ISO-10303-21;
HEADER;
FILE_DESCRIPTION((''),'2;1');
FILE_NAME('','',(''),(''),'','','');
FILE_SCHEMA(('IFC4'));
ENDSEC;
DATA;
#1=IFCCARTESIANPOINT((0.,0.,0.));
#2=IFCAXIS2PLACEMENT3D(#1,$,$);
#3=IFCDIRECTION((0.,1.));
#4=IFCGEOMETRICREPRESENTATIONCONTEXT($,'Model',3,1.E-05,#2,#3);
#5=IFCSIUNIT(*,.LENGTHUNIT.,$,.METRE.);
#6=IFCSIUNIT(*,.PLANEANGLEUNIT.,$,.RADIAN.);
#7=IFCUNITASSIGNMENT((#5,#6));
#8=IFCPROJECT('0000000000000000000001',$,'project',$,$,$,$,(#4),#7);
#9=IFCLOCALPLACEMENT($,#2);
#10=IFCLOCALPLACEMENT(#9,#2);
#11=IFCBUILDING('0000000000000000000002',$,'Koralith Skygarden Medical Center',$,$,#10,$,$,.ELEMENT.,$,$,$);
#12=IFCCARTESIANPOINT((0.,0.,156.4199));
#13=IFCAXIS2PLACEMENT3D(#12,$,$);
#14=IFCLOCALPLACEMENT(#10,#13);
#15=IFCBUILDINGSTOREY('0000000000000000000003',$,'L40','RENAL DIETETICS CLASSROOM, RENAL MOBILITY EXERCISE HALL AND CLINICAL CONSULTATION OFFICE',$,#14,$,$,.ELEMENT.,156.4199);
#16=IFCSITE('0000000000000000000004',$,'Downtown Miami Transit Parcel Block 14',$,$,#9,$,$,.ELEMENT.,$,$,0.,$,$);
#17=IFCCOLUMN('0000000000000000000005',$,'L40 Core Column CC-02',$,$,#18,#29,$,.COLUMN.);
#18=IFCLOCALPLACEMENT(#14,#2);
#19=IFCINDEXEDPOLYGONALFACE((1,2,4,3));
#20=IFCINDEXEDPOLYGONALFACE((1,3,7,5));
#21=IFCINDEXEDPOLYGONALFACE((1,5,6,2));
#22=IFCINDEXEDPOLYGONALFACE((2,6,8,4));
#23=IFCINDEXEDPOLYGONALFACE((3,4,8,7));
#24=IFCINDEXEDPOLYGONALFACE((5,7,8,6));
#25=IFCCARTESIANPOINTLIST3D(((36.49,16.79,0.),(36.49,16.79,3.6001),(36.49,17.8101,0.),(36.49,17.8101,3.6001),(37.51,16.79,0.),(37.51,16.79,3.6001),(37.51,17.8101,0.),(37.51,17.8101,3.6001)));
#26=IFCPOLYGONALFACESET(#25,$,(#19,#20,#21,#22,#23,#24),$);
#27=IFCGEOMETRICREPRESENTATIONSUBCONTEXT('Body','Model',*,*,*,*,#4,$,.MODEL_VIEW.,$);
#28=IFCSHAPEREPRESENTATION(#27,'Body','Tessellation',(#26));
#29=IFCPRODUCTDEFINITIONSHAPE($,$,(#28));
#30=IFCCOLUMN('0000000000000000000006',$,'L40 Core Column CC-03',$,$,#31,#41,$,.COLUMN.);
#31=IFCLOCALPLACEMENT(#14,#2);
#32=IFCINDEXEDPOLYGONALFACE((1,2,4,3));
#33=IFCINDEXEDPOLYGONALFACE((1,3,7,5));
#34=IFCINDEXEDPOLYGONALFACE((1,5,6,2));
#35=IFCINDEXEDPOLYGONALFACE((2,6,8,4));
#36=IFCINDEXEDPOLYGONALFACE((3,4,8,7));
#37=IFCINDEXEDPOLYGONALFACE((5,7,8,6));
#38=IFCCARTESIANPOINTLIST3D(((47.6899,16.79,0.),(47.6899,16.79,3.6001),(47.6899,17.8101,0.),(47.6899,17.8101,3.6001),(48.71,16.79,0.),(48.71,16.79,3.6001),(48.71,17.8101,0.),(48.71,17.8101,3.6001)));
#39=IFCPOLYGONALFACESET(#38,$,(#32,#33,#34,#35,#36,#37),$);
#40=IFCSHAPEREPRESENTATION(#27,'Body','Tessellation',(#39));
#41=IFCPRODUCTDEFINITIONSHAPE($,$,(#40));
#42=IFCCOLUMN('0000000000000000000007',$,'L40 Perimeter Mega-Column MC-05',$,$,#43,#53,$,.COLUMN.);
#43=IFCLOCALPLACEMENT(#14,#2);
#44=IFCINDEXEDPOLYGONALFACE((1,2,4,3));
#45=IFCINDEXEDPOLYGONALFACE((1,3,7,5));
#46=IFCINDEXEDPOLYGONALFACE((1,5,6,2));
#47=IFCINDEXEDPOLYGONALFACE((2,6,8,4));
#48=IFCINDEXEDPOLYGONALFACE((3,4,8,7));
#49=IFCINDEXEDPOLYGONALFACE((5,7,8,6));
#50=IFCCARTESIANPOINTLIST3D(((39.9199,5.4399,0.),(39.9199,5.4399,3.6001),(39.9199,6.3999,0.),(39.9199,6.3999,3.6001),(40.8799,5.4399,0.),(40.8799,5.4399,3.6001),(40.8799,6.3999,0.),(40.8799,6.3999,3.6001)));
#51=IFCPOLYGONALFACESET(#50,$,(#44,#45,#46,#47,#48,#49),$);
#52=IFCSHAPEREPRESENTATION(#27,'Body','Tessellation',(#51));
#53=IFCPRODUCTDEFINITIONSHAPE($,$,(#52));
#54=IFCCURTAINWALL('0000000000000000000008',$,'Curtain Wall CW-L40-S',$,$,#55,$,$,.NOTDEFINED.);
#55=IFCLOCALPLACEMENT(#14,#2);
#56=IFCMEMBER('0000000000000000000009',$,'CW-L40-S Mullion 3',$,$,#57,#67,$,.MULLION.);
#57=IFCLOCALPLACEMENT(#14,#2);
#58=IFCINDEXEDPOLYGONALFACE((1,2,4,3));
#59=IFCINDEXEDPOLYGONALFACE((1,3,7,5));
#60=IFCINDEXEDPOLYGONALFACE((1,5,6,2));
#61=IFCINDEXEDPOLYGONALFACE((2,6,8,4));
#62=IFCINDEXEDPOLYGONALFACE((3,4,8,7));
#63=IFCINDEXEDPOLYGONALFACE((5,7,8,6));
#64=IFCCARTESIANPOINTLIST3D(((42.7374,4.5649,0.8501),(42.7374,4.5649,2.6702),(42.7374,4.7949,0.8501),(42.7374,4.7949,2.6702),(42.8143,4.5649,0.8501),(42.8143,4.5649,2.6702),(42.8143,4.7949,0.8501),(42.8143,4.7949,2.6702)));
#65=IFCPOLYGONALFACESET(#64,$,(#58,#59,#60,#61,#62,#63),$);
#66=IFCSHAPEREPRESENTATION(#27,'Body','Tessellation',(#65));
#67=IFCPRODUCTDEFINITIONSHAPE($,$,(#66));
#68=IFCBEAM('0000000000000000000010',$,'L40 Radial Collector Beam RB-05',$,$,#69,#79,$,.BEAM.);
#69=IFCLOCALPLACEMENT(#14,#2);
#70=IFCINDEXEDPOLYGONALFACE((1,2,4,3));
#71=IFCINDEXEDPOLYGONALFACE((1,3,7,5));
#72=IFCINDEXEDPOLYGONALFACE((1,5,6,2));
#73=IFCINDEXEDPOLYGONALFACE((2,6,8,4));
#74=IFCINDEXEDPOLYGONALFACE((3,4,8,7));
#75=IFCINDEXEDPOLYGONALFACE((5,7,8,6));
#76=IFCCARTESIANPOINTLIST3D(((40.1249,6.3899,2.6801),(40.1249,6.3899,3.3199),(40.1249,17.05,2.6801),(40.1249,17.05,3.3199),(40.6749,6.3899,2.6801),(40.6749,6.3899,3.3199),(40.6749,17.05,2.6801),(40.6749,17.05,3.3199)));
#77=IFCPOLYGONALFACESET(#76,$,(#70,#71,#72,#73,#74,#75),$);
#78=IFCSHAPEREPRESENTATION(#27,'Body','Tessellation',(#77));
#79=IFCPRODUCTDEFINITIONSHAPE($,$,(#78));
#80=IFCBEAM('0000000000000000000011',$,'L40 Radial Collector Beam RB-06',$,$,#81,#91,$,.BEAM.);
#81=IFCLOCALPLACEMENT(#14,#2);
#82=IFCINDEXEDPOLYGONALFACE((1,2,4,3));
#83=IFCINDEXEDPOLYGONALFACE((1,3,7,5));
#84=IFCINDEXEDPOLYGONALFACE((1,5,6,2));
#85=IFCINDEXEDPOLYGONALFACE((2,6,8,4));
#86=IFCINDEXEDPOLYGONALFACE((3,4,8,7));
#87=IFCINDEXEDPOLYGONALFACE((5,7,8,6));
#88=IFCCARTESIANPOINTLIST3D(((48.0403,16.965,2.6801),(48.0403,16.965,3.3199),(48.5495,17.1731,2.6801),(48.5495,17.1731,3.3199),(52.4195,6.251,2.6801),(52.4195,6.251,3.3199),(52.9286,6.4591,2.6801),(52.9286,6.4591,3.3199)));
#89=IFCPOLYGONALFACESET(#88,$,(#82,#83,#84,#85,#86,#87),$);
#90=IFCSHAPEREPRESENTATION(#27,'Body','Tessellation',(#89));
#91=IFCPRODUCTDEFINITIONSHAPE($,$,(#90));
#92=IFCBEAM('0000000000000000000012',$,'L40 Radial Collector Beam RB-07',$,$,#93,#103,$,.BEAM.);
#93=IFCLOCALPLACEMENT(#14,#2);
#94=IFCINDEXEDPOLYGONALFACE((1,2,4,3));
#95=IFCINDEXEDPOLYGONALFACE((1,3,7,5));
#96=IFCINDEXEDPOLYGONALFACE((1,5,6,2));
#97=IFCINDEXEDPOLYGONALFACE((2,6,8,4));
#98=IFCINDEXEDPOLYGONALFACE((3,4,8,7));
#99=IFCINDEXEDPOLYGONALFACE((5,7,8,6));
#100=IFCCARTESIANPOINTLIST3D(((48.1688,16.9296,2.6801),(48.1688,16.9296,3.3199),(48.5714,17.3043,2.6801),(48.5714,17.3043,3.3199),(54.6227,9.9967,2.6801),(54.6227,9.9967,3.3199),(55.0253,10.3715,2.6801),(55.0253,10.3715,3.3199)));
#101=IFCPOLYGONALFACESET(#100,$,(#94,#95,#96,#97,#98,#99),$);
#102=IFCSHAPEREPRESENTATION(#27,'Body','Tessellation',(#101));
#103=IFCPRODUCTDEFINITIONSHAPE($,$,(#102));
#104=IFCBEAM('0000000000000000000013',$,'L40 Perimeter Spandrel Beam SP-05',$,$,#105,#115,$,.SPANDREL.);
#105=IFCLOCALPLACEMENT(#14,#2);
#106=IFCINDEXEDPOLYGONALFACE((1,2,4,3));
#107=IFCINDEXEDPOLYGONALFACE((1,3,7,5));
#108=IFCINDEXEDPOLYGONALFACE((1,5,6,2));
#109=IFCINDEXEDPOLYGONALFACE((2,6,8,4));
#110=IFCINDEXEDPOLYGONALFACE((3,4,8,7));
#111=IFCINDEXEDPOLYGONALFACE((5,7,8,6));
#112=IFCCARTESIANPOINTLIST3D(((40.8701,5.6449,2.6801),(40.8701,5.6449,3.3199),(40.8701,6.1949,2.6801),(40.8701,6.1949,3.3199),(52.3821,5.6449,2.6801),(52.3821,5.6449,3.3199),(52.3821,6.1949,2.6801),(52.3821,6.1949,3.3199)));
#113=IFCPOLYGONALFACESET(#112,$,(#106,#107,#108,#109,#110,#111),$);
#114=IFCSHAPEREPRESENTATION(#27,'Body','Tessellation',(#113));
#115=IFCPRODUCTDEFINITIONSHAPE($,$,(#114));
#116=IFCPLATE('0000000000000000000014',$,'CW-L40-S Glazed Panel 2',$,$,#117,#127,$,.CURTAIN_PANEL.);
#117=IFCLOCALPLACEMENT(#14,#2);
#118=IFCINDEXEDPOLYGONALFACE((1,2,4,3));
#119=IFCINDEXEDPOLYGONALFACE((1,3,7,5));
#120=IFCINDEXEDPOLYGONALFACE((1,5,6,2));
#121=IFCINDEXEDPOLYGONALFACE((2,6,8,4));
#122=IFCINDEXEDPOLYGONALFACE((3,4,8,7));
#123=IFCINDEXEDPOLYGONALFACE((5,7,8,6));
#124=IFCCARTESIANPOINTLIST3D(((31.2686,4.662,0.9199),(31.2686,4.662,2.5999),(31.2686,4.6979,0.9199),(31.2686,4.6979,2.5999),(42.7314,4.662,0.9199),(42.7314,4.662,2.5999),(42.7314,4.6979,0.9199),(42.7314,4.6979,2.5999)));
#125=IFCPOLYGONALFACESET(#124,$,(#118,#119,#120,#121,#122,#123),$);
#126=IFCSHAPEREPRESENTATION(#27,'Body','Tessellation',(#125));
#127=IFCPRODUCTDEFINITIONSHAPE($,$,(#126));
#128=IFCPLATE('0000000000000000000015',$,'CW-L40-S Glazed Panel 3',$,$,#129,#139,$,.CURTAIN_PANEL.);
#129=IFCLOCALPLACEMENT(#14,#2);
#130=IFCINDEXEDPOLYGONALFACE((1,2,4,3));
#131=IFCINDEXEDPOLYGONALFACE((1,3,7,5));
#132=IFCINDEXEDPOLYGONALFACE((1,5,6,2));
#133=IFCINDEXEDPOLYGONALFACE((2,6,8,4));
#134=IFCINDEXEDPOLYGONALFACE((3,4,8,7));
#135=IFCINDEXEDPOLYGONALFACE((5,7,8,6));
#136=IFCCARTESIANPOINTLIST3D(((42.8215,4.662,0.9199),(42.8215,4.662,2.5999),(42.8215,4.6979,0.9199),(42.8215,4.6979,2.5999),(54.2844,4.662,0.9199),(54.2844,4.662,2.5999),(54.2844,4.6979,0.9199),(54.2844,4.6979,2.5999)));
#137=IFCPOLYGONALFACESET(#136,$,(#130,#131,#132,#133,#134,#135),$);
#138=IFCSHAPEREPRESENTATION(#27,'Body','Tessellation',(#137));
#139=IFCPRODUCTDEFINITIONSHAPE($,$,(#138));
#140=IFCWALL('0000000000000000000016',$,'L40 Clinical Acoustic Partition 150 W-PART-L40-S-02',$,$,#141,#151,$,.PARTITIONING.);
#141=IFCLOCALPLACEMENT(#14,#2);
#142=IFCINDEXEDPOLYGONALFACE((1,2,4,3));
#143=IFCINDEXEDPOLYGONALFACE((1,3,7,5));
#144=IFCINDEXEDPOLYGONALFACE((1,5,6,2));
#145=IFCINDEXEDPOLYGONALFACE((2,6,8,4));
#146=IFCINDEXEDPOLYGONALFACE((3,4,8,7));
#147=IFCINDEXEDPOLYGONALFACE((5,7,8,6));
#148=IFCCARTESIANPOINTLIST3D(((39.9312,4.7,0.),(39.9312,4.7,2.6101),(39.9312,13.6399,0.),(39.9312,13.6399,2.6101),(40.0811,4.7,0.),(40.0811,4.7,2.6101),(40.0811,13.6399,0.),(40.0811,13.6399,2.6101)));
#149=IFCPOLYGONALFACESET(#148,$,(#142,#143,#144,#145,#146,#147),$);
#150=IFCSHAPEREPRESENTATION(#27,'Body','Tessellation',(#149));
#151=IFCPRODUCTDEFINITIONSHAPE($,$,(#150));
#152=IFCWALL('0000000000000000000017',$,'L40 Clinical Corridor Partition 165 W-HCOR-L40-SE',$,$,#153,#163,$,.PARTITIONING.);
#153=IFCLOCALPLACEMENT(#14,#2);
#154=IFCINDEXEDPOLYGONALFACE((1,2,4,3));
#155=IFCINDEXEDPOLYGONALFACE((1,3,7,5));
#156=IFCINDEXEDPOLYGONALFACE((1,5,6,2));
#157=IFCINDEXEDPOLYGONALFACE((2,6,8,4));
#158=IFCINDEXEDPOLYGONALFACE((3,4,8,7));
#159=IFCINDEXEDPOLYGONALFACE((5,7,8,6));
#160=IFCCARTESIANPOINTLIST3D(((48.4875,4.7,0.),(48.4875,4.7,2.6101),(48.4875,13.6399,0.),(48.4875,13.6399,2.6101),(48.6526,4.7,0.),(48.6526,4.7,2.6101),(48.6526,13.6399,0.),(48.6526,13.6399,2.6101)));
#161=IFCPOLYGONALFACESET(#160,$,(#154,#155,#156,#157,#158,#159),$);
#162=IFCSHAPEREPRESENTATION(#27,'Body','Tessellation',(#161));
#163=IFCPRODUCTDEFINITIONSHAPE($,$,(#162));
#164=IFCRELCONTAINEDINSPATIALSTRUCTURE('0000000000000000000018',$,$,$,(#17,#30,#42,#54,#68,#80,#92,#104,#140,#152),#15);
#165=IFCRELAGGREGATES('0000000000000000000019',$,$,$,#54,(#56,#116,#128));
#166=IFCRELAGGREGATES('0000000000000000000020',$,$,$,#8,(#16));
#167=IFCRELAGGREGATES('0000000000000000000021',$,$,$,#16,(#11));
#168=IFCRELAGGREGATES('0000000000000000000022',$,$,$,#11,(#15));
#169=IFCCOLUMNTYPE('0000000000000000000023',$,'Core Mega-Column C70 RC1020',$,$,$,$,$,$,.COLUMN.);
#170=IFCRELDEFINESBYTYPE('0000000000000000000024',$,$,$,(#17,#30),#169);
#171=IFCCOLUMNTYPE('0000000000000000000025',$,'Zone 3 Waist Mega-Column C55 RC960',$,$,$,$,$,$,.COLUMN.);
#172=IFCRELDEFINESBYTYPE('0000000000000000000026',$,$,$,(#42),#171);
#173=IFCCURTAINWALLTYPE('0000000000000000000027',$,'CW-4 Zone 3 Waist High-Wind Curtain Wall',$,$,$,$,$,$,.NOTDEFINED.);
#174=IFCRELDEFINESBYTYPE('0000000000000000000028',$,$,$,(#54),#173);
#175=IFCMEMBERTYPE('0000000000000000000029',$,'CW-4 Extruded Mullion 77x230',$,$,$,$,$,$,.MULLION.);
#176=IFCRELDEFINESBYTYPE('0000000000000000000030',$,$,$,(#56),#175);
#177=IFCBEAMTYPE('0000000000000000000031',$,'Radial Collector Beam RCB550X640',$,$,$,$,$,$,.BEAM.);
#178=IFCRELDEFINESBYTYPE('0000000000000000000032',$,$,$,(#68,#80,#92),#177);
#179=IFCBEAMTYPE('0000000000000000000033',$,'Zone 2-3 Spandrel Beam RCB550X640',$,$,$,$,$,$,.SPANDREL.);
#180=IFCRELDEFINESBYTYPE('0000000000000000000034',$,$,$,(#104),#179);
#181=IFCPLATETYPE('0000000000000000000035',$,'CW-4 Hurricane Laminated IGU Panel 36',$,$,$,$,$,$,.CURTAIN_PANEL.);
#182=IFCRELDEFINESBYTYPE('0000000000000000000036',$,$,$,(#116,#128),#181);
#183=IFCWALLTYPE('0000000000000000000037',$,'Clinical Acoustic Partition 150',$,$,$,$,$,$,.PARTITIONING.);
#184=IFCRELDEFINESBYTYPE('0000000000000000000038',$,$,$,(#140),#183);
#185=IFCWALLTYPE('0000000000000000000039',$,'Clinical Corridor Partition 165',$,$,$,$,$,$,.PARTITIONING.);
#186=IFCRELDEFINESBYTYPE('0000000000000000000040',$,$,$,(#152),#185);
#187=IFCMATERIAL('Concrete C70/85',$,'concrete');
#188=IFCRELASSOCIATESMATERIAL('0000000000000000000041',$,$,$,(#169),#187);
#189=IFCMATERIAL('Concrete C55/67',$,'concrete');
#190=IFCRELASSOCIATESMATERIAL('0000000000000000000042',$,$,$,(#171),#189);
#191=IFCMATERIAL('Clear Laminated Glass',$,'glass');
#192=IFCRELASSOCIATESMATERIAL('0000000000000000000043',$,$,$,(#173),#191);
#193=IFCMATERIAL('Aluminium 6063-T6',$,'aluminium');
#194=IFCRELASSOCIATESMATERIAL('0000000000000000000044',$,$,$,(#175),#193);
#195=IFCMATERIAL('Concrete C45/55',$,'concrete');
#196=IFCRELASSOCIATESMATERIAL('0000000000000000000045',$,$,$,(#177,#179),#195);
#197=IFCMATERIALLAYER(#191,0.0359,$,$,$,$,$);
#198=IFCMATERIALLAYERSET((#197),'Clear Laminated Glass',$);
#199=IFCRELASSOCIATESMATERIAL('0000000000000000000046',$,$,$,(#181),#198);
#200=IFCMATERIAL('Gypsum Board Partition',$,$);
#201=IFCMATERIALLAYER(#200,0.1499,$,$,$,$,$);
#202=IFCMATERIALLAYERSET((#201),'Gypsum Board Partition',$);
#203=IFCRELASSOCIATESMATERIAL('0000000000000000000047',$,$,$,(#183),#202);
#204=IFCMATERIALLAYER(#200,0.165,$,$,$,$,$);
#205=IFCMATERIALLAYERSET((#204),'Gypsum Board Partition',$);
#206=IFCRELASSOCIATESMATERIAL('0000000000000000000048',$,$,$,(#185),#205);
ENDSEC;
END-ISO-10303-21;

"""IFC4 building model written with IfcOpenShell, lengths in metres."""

from ifc_helpers import new_model, si_unit, direction, frame, frame_2d, origin, origin_2d, place, context, subcontext, project, spatial, rectangle, extrude, material, layer, layer_set, material_profile, profile_set, type_object, element, aggregate, save


model = new_model("IFC4")

# Units and contexts
model_context = context("Model", 3, precision=1e-05, world=origin(), true_north=direction((0.0, 1.0)))
body_context = subcontext(model_context, "Body", "Model", "MODEL_VIEW")
ifc_project = project(units=[si_unit("LENGTHUNIT", "METRE"), si_unit("PLANEANGLEUNIT", "RADIAN")], contexts=[model_context])

# Site, building, storey
site_placement = place(None, origin())
site = spatial("IfcSite", under=ifc_project, at=site_placement, Name="Downtown Miami Transit Parcel Block 14", CompositionType="ELEMENT", RefElevation=0.0)
building_placement = place(site_placement, origin())
building = spatial("IfcBuilding", under=site, at=building_placement, Name="Koralith Skygarden Medical Center", CompositionType="ELEMENT")
storey_placement = place(building_placement, frame((0.0, 0.0, 156.4199)))
storey = spatial("IfcBuildingStorey", under=building, at=storey_placement, Name="L40", Description="RENAL DIETETICS CLASSROOM, RENAL MOBILITY EXERCISE HALL AND CLINICAL CONSULTATION OFFICE", CompositionType="ELEMENT", Elevation=156.4199)

# Columns
ifc_material_1 = material(Name="Concrete C70/85", Category="concrete")
ifc_material_profile_1 = material_profile(ifc_material_1, rectangle(XDim=1.02, YDim=1.02, at=origin_2d()), Name="RC1020X1020")
ifc_profile_set_1 = profile_set([ifc_material_profile_1], Name="Concrete C70/85")
column_type_1 = type_object("IfcColumnType", Name="Core Mega-Column C70 RC1020", PredefinedType="COLUMN", material=ifc_profile_set_1)
for number, where, z_axis, x_axis, name in (
    (1, (37.0, 17.3, 0.0), (0.0, 0.0, 1.0), (1.0, 0.0, 0.0), "L40 Core Column CC-02"),
    (2, (48.2, 17.3, 0.0), (0.0, 0.0, 1.0), (1.0, 0.0, 0.0), "L40 Core Column CC-03"),
):
    element("IfcColumn", number, at=place(storey_placement, frame(where, z_axis=z_axis, x_axis=x_axis)), inside=storey, type_object=column_type_1, Name=name, PredefinedType="COLUMN", context=body_context, shape_type="SweptSolid", body=[
        extrude(rectangle(XDim=1.02, YDim=1.02, at=origin_2d()), origin(), (0.0, 0.0, 1.0), 3.6001),
    ])
ifc_material_2 = material(Name="Concrete C55/67", Category="concrete")
ifc_material_profile_2 = material_profile(ifc_material_2, rectangle(XDim=0.96, YDim=0.96, at=origin_2d()), Name="RC960X960")
ifc_profile_set_2 = profile_set([ifc_material_profile_2], Name="Concrete C55/67")
column_type_2 = type_object("IfcColumnType", Name="Zone 3 Waist Mega-Column C55 RC960", PredefinedType="COLUMN", material=ifc_profile_set_2)
column_placement = place(storey_placement, frame((40.3999, 5.9199, 0.0), z_axis=(0.0, 0.0, 1.0), x_axis=(1.0, 0.0, 0.0)))
element("IfcColumn", 3, at=column_placement, inside=storey, type_object=column_type_2, Name="L40 Perimeter Mega-Column MC-05", PredefinedType="COLUMN", context=body_context, shape_type="SweptSolid", body=[
    extrude(rectangle(XDim=0.96, YDim=0.96, at=origin_2d()), origin(), (0.0, 0.0, 1.0), 3.6001),
])

# Curtain wall, member
ifc_material_3 = material(Name="Clear Laminated Glass", Category="glass")
curtain_wall_type = type_object("IfcCurtainWallType", Name="CW-4 Zone 3 Waist High-Wind Curtain Wall", PredefinedType="NOTDEFINED", material=ifc_material_3)
curtain_wall_placement = place(storey_placement, origin())
curtain_wall = element("IfcCurtainWall", 4, at=curtain_wall_placement, inside=storey, type_object=curtain_wall_type, Name="Curtain Wall CW-L40-S", PredefinedType="NOTDEFINED")
ifc_material_4 = material(Name="Aluminium 6063-T6", Category="aluminium")
ifc_material_profile_3 = material_profile(ifc_material_4, rectangle(XDim=0.0769, YDim=0.23, at=origin_2d()), Name="MUL77X230")
ifc_profile_set_3 = profile_set([ifc_material_profile_3], Name="Aluminium 6063-T6")
member_type = type_object("IfcMemberType", Name="CW-4 Extruded Mullion 77x230", PredefinedType="MULLION", material=ifc_profile_set_3)
member_placement = place(storey_placement, frame((42.7759, 4.6799, 0.8501), z_axis=(0.0, 0.0, 1.0), x_axis=(1.0, 0.0, 0.0)))
member = element("IfcMember", 5, at=member_placement, type_object=member_type, Name="CW-L40-S Mullion 3", PredefinedType="MULLION", context=body_context, shape_type="SweptSolid", body=[
    extrude(rectangle(XDim=0.0769, YDim=0.23, at=origin_2d()), origin(), (0.0, 0.0, 1.0), 1.8201),
])

# Beams
ifc_material_5 = material(Name="Concrete C45/55", Category="concrete")
ifc_material_profile_4 = material_profile(ifc_material_5, rectangle(XDim=0.55, YDim=0.6399, at=origin_2d()), Name="RCB550X640")
ifc_profile_set_4 = profile_set([ifc_material_profile_4], Name="Concrete C45/55")
beam_type_1 = type_object("IfcBeamType", Name="Radial Collector Beam RCB550X640", PredefinedType="BEAM", material=ifc_profile_set_4)
beam_1_placement = place(storey_placement, frame((40.3999, 17.05, 3.0), z_axis=(0.0, -1.0, 0.0), x_axis=(1.0, 0.0, 0.0)))
element("IfcBeam", 6, at=beam_1_placement, inside=storey, type_object=beam_type_1, Name="L40 Radial Collector Beam RB-05", PredefinedType="BEAM", context=body_context, shape_type="SweptSolid", body=[
    extrude(rectangle(XDim=0.55, YDim=0.6399, at=origin_2d()), origin(), (0.0, 0.0, 1.0), 10.6602),
])
beam_2_placement = place(storey_placement, frame((48.2949, 17.0691, 3.0), z_axis=(0.378345, -0.925665, 0.0), x_axis=(0.925665, 0.378345, 0.0)))
element("IfcBeam", 7, at=beam_2_placement, inside=storey, type_object=beam_type_1, Name="L40 Radial Collector Beam RB-06", PredefinedType="BEAM", context=body_context, shape_type="SweptSolid", body=[
    extrude(rectangle(XDim=0.55, YDim=0.6399, at=origin_2d()), origin(), (0.0, 0.0, 1.0), 11.5745),
])
beam_3_placement = place(storey_placement, frame((48.3701, 17.1169, 3.0), z_axis=(0.681369, -0.73194, 0.0), x_axis=(0.73194, 0.681369, 0.0)))
element("IfcBeam", 8, at=beam_3_placement, inside=storey, type_object=beam_type_1, Name="L40 Radial Collector Beam RB-07", PredefinedType="BEAM", context=body_context, shape_type="SweptSolid", body=[
    extrude(rectangle(XDim=0.55, YDim=0.6399, at=origin_2d()), origin(), (0.0, 0.0, 1.0), 9.4719),
])
ifc_material_profile_5 = material_profile(ifc_material_5, rectangle(XDim=0.55, YDim=0.6399, at=origin_2d()), Name="RCB550X640")
ifc_profile_set_5 = profile_set([ifc_material_profile_5], Name="Concrete C45/55")
beam_type_2 = type_object("IfcBeamType", Name="Zone 2-3 Spandrel Beam RCB550X640", PredefinedType="SPANDREL", material=ifc_profile_set_5)
beam_4_placement = place(storey_placement, frame((40.8701, 5.9199, 3.0), z_axis=(1.0, 0.0, 0.0), x_axis=(0.0, 1.0, 0.0)))
element("IfcBeam", 9, at=beam_4_placement, inside=storey, type_object=beam_type_2, Name="L40 Perimeter Spandrel Beam SP-05", PredefinedType="SPANDREL", context=body_context, shape_type="SweptSolid", body=[
    extrude(rectangle(XDim=0.55, YDim=0.6399, at=origin_2d()), origin(), (0.0, 0.0, 1.0), 11.512),
])

# Plates
ifc_layer_1 = layer(ifc_material_3, 0.0359)
ifc_layer_set_1 = layer_set([ifc_layer_1], Name="Clear Laminated Glass")
plate_type = type_object("IfcPlateType", Name="CW-4 Hurricane Laminated IGU Panel 36", PredefinedType="CURTAIN_PANEL", material=ifc_layer_set_1)
plate_1_placement = place(storey_placement, frame((37.0, 4.6799, 0.9199), z_axis=(0.0, 0.0, 1.0), x_axis=(1.0, 0.0, 0.0)))
plate_1 = element("IfcPlate", 10, at=plate_1_placement, type_object=plate_type, Name="CW-L40-S Glazed Panel 2", PredefinedType="CURTAIN_PANEL", context=body_context, shape_type="SweptSolid", body=[
    extrude(rectangle(XDim=11.4629, YDim=0.0359, at=origin_2d()), origin(), (0.0, 0.0, 1.0), 1.6799),
])
plate_2_placement = place(storey_placement, frame((48.553, 4.6799, 0.9199), z_axis=(0.0, 0.0, 1.0), x_axis=(1.0, 0.0, 0.0)))
plate_2 = element("IfcPlate", 11, at=plate_2_placement, type_object=plate_type, Name="CW-L40-S Glazed Panel 3", PredefinedType="CURTAIN_PANEL", context=body_context, shape_type="SweptSolid", body=[
    extrude(rectangle(XDim=11.4629, YDim=0.0359, at=origin_2d()), origin(), (0.0, 0.0, 1.0), 1.6799),
])
aggregate(curtain_wall, [member, plate_1, plate_2])

# Walls
ifc_material_6 = material(Name="Gypsum Board Partition")
ifc_layer_2 = layer(ifc_material_6, 0.1499)
ifc_layer_set_2 = layer_set([ifc_layer_2], Name="Gypsum Board Partition")
wall_type_1 = type_object("IfcWallType", Name="Clinical Acoustic Partition 150", PredefinedType="PARTITIONING", material=ifc_layer_set_2)
wall_1_placement = place(storey_placement, frame((40.0061, 13.6399, 0.0), z_axis=(0.0, 0.0, 1.0), x_axis=(0.0, -1.0, 0.0)))
element("IfcWall", 12, at=wall_1_placement, inside=storey, type_object=wall_type_1, Name="L40 Clinical Acoustic Partition 150 W-PART-L40-S-02", PredefinedType="PARTITIONING", context=body_context, shape_type="SweptSolid", body=[
    extrude(rectangle(XDim=8.9399, YDim=0.1499, at=frame_2d((4.47, 0.0))), origin(), (0.0, 0.0, 1.0), 2.6101),
])
ifc_layer_3 = layer(ifc_material_6, 0.165)
ifc_layer_set_3 = layer_set([ifc_layer_3], Name="Gypsum Board Partition")
wall_type_2 = type_object("IfcWallType", Name="Clinical Corridor Partition 165", PredefinedType="PARTITIONING", material=ifc_layer_set_3)
wall_2_placement = place(storey_placement, frame((48.5701, 4.7, 0.0), z_axis=(0.0, 0.0, 1.0), x_axis=(0.0, 1.0, 0.0)))
element("IfcWall", 13, at=wall_2_placement, inside=storey, type_object=wall_type_2, Name="L40 Clinical Corridor Partition 165 W-HCOR-L40-SE", PredefinedType="PARTITIONING", context=body_context, shape_type="SweptSolid", body=[
    extrude(rectangle(XDim=8.9399, YDim=0.165, at=frame_2d((4.47, 0.0))), origin(), (0.0, 0.0, 1.0), 2.6101),
])

save(model, "model.ifc")
